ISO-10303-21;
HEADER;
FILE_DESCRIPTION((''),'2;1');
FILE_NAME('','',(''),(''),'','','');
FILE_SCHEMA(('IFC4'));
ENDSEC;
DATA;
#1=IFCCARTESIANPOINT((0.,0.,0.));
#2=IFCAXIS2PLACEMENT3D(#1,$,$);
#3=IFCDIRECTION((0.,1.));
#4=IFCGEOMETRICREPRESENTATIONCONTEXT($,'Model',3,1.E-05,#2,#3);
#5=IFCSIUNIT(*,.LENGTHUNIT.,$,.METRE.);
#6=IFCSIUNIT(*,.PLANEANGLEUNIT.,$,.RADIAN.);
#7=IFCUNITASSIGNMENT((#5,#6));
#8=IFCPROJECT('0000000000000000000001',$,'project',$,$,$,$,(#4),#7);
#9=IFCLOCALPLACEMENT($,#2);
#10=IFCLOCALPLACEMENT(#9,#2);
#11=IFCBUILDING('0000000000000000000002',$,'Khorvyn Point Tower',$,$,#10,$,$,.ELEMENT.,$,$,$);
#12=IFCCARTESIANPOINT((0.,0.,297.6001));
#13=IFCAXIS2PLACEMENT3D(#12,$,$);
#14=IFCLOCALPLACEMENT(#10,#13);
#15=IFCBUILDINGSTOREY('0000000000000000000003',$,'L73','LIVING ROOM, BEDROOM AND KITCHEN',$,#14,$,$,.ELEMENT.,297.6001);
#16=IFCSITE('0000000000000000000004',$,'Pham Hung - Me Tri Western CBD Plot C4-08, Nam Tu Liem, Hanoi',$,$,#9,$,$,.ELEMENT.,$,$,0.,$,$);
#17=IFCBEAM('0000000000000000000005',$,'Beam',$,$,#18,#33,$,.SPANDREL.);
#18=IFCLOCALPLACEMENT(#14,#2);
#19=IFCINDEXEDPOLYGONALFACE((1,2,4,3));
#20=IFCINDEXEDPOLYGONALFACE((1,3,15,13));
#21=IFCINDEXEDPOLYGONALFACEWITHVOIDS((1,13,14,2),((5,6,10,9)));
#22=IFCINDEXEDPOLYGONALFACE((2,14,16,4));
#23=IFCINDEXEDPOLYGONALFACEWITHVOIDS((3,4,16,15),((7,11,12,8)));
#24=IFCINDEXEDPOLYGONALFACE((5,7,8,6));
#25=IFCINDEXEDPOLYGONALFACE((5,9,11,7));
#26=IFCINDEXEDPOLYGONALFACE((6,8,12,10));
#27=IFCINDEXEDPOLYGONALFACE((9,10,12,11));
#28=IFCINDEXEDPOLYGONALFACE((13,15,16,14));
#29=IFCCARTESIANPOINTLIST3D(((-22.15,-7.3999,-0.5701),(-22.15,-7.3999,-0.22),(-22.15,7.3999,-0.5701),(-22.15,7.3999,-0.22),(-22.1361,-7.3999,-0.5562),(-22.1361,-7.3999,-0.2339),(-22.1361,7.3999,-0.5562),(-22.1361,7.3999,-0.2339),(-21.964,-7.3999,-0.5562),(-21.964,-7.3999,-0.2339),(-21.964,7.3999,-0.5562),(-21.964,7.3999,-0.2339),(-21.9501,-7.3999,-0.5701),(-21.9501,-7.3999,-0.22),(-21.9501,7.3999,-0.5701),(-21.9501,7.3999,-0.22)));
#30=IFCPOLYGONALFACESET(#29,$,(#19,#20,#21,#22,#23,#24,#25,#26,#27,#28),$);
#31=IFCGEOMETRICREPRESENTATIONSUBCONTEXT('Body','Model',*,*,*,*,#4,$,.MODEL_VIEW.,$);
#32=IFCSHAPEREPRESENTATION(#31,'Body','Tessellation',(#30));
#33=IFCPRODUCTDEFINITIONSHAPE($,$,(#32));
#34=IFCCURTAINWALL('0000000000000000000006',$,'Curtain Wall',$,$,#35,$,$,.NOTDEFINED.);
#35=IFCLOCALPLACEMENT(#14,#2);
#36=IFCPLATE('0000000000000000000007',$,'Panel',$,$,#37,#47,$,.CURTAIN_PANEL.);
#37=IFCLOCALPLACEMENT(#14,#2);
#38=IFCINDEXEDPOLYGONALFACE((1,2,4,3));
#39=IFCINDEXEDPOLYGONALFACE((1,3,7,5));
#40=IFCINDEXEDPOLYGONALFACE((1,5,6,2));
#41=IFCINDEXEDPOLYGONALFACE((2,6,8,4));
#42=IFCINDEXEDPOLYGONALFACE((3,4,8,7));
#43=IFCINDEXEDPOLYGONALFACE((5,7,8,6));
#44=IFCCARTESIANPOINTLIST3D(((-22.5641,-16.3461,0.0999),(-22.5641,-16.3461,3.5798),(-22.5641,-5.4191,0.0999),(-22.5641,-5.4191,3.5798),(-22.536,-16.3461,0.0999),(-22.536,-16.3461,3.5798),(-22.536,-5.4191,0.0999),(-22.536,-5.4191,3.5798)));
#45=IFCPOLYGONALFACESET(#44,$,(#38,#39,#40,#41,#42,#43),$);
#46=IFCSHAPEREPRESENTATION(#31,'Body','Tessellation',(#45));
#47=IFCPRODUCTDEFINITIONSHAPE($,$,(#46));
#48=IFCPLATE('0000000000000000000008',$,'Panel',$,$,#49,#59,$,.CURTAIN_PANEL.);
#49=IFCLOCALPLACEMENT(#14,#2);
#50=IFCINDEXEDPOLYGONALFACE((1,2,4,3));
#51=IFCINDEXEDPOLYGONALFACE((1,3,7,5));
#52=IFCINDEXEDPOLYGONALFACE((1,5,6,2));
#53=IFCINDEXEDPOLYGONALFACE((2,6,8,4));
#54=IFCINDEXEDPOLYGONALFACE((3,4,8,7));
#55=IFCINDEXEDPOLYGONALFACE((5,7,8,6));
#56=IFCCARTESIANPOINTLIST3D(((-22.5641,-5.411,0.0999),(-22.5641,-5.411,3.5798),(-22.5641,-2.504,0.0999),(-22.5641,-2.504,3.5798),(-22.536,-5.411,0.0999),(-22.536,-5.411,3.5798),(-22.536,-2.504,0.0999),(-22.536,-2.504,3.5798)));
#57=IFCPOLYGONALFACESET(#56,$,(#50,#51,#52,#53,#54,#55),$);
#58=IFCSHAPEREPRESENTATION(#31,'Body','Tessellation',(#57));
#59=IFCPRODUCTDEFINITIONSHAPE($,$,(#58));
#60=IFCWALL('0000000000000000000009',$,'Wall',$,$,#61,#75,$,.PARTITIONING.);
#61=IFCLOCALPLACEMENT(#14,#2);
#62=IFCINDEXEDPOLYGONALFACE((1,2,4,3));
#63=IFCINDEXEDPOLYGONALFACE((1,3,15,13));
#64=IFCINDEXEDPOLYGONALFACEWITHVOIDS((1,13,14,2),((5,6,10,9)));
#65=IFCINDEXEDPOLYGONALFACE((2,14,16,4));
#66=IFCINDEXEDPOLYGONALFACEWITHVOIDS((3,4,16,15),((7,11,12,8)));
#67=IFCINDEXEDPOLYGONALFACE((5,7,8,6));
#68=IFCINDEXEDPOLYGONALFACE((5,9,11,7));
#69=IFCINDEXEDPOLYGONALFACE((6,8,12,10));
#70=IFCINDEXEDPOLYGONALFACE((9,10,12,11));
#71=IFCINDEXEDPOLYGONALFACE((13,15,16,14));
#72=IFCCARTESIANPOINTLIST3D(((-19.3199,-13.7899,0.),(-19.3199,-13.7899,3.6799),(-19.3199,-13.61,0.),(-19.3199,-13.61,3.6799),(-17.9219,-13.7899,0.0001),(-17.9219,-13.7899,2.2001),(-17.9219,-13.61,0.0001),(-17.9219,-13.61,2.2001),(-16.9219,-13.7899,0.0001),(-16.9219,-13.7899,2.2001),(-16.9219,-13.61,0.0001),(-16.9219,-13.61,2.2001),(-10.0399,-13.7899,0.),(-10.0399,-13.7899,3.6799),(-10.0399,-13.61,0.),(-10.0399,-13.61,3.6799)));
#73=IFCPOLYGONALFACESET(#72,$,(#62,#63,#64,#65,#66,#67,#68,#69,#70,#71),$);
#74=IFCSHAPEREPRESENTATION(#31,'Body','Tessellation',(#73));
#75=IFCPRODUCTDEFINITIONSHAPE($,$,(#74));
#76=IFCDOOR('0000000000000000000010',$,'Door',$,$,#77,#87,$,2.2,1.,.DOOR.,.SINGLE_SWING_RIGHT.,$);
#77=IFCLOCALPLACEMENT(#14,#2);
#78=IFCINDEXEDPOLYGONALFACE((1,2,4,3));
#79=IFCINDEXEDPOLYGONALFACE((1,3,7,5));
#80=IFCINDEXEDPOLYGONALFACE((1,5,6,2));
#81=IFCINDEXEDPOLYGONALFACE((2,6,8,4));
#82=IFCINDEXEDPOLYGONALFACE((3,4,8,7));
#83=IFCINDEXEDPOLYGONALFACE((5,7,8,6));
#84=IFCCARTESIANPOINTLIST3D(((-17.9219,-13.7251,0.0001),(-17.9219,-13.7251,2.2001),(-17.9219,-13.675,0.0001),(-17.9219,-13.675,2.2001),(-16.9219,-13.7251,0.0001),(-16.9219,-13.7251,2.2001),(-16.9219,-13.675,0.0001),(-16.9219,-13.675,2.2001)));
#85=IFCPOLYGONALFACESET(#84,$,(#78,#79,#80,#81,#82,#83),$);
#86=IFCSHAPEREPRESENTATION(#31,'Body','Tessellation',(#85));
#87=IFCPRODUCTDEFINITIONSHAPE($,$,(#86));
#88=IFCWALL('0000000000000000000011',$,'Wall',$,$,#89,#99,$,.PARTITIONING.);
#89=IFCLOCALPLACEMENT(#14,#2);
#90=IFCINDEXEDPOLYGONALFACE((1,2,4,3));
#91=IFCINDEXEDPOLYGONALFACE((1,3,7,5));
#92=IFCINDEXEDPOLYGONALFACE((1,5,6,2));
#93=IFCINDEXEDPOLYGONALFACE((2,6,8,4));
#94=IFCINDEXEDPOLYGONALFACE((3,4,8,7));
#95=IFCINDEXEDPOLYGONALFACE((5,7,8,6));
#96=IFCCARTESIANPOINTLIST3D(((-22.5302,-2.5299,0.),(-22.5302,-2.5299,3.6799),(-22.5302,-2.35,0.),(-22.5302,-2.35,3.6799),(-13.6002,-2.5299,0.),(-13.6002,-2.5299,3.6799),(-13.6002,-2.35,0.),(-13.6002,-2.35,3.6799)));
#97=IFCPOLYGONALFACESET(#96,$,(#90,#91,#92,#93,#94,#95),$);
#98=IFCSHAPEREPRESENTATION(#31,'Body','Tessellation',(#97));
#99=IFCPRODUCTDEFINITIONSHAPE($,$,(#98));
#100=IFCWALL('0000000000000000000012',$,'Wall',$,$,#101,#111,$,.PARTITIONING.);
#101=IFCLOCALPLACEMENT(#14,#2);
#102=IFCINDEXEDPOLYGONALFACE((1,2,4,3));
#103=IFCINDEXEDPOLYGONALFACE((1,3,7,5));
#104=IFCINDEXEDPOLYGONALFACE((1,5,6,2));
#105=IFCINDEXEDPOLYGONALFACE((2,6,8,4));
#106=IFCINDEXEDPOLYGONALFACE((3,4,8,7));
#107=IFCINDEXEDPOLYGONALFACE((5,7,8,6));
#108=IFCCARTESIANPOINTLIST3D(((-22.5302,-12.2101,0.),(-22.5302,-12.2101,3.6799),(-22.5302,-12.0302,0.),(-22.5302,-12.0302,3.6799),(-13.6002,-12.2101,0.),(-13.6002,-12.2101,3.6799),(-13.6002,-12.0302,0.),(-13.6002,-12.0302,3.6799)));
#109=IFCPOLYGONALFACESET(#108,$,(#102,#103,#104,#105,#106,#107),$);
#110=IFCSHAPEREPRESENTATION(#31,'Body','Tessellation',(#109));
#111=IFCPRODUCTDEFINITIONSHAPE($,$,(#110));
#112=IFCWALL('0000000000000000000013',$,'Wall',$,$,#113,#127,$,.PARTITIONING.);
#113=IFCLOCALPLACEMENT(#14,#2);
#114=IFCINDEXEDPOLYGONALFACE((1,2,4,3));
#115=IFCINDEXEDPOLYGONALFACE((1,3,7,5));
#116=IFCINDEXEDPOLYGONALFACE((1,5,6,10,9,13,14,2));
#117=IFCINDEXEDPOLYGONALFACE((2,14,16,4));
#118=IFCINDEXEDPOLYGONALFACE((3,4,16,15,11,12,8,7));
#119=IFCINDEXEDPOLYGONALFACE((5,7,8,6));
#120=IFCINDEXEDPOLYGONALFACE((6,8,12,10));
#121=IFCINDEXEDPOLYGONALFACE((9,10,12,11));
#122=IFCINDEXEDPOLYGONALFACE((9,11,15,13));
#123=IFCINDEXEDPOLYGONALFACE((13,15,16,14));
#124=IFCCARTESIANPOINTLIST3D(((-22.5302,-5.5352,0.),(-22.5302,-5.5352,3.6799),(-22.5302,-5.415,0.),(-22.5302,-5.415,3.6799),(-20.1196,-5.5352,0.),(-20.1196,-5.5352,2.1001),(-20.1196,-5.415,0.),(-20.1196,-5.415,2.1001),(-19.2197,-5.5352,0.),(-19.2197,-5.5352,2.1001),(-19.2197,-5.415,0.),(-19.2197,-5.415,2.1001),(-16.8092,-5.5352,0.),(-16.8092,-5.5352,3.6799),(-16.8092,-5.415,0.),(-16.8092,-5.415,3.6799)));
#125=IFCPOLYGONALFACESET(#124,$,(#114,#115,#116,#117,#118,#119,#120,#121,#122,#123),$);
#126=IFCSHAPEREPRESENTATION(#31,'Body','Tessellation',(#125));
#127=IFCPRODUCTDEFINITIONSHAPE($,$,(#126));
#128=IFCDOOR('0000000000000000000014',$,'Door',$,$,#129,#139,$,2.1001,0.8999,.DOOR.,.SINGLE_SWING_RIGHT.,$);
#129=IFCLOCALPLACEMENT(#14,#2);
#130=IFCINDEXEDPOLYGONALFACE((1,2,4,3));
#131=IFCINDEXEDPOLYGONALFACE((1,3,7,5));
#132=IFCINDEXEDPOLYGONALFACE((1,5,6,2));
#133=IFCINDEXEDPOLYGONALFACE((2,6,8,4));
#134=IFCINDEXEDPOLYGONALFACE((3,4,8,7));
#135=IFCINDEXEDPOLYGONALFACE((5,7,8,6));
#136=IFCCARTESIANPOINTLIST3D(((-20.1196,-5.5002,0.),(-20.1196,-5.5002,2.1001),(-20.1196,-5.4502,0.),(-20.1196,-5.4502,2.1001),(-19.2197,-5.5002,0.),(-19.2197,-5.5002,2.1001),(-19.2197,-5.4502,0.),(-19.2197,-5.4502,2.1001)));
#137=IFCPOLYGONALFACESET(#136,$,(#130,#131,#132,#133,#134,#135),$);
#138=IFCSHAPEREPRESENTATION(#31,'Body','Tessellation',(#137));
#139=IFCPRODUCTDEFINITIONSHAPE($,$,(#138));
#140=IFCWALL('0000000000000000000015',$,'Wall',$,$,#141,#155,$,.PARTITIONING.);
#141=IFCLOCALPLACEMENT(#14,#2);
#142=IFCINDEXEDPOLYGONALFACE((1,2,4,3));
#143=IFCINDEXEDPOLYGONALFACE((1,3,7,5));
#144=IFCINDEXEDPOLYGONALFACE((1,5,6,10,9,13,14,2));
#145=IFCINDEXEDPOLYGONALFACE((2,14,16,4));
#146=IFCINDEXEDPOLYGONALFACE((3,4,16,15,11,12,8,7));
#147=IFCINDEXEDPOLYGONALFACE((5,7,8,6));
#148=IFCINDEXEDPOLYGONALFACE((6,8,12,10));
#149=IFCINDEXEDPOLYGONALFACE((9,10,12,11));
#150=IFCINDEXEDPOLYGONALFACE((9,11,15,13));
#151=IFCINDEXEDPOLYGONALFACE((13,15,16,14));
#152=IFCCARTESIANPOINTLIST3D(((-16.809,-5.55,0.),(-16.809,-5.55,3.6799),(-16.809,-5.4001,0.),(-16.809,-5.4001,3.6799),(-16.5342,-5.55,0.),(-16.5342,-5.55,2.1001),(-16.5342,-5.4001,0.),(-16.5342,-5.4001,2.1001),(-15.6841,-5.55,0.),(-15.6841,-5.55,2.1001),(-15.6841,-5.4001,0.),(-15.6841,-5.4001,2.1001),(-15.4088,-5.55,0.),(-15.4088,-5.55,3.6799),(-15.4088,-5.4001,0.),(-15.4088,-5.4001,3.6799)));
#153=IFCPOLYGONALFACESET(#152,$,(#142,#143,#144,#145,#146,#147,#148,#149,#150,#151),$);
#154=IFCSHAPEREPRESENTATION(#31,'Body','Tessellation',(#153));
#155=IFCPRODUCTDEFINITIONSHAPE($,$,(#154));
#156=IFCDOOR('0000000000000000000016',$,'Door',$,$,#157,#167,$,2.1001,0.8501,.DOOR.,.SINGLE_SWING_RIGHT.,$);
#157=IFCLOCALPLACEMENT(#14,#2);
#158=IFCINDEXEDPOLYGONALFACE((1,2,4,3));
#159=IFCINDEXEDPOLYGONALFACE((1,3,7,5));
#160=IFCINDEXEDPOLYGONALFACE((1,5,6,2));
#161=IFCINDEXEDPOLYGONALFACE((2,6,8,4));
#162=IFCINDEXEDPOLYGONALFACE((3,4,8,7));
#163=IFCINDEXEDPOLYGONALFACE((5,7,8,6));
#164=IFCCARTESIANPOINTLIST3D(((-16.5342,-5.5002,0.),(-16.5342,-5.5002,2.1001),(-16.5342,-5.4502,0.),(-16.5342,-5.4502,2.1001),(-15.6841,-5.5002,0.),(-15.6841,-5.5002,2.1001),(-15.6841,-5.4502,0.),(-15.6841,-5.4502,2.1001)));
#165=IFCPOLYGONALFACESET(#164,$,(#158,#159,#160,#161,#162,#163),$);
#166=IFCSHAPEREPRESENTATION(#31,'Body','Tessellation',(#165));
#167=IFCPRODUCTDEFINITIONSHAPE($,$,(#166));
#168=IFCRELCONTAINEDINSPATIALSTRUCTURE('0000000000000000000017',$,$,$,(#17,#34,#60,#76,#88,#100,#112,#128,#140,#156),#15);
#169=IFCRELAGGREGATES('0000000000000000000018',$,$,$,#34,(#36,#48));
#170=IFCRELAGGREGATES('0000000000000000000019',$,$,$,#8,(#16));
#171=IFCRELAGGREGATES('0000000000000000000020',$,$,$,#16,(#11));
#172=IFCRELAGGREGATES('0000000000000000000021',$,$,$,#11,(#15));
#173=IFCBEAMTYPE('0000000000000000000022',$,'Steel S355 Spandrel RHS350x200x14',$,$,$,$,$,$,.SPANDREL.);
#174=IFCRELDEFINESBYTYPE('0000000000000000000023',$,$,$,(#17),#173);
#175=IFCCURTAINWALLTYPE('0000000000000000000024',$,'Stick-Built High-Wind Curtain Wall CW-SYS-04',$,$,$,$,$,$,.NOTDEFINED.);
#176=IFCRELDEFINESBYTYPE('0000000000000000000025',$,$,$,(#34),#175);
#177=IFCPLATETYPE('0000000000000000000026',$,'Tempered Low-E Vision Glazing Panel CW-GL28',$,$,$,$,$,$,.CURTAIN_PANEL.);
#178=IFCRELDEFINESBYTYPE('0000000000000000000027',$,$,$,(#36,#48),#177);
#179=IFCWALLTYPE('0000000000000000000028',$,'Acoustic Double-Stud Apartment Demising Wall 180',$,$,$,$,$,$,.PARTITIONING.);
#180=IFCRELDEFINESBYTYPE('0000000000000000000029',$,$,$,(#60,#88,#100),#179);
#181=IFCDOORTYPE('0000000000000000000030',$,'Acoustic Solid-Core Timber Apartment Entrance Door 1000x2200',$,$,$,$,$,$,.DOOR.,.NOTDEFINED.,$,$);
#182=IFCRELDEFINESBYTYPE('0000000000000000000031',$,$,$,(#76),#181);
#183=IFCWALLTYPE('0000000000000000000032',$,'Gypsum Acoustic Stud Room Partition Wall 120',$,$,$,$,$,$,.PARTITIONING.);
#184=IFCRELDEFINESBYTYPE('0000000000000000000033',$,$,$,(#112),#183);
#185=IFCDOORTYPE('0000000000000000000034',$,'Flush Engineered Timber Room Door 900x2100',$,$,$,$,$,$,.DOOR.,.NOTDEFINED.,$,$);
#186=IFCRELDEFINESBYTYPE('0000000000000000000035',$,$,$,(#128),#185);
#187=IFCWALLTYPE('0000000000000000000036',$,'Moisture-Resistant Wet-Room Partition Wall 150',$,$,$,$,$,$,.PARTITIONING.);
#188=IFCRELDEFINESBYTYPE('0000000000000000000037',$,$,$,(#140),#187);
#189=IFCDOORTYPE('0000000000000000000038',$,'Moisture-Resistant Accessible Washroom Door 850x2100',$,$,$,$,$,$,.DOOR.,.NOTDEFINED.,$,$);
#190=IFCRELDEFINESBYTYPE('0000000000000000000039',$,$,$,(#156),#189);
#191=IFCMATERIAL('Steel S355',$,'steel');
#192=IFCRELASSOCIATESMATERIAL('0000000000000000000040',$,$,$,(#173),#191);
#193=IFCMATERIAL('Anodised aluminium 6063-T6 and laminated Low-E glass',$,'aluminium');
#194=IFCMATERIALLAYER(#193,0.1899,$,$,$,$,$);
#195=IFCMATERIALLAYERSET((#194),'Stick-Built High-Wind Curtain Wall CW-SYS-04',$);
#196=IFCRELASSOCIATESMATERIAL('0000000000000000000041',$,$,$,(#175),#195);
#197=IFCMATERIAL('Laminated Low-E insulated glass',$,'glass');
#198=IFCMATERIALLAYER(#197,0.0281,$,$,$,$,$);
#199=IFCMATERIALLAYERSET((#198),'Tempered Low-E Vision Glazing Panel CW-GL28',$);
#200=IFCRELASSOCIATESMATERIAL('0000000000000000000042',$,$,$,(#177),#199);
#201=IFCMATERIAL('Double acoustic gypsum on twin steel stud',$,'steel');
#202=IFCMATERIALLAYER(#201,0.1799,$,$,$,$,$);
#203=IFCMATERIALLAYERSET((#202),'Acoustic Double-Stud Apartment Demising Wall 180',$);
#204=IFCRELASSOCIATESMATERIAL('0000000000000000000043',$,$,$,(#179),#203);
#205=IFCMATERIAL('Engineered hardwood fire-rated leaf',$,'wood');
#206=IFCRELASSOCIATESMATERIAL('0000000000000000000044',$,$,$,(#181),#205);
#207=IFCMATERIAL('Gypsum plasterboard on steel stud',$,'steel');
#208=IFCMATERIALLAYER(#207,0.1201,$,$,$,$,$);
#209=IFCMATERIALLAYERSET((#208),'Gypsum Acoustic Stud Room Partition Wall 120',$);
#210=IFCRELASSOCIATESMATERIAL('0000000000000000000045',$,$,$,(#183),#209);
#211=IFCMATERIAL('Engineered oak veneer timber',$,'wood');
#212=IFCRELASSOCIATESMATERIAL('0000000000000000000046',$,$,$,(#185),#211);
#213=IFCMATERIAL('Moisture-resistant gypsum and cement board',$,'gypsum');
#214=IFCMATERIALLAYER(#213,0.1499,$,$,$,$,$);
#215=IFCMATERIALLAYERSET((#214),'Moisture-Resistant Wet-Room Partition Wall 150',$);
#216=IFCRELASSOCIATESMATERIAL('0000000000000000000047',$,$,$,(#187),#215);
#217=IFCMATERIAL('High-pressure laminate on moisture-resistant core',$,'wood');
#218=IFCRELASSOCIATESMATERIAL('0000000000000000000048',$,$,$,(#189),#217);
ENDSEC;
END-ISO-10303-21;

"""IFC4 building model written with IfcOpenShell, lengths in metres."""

from ifc_helpers import new_model, si_unit, direction, frame, frame_2d, origin, origin_2d, place, context, subcontext, project, spatial, rectangle, hollow_rectangle, extrude, material, layer, layer_set, material_profile, profile_set, type_object, element, fill, aggregate, save


model = new_model("IFC4")

# Units and contexts
model_context = context("Model", 3, precision=1e-05, world=origin(), true_north=direction((0.0, 1.0)))
body_context = subcontext(model_context, "Body", "Model", "MODEL_VIEW")
ifc_project = project(units=[si_unit("LENGTHUNIT", "METRE"), si_unit("PLANEANGLEUNIT", "RADIAN")], contexts=[model_context])

# Site, building, storey
site_placement = place(None, origin())
site = spatial("IfcSite", under=ifc_project, at=site_placement, Name="Pham Hung - Me Tri Western CBD Plot C4-08, Nam Tu Liem, Hanoi", CompositionType="ELEMENT", RefElevation=0.0)
building_placement = place(site_placement, origin())
building = spatial("IfcBuilding", under=site, at=building_placement, Name="Khorvyn Point Tower", CompositionType="ELEMENT")
storey_placement = place(building_placement, frame((0.0, 0.0, 297.6001)))
storey = spatial("IfcBuildingStorey", under=building, at=storey_placement, Name="L73", Description="LIVING ROOM, BEDROOM AND KITCHEN", CompositionType="ELEMENT", Elevation=297.6001)

# Shared definitions
ifc_material_1 = material(Name="Steel S355", Category="steel")

# Beam
ifc_material_profile_1 = material_profile(ifc_material_1, hollow_rectangle(XDim=0.2, YDim=0.3501, WallThickness=0.0139, at=origin_2d()))
ifc_profile_set_1 = profile_set([ifc_material_profile_1], Name="Steel S355 RHS350x200x14")
beam_type_1 = type_object("IfcBeamType", Name="Steel S355 Spandrel RHS350x200x14", PredefinedType="SPANDREL", material=ifc_profile_set_1)
beam_1_placement = place(storey_placement, frame((-22.05, -7.3999, -0.395), z_axis=(0.0, 1.0, 0.0), x_axis=(-1.0, 0.0, 0.0)))
element("IfcBeam", 1, at=beam_1_placement, inside=storey, type_object=beam_type_1, Name="Beam", PredefinedType="SPANDREL", context=body_context, shape_type="SweptSolid", body=[
    extrude(hollow_rectangle(XDim=0.2, YDim=0.3501, WallThickness=0.0139, at=origin_2d()), origin(), (0.0, 0.0, 1.0), 14.7998),
])

# Curtain wall, plates
ifc_material_2 = material(Name="Anodised aluminium 6063-T6 and laminated Low-E glass", Category="aluminium")
ifc_layer_1 = layer(ifc_material_2, 0.1899)
ifc_layer_set_1 = layer_set([ifc_layer_1], Name="Stick-Built High-Wind Curtain Wall CW-SYS-04")
curtain_wall_type = type_object("IfcCurtainWallType", Name="Stick-Built High-Wind Curtain Wall CW-SYS-04", PredefinedType="NOTDEFINED", material=ifc_layer_set_1)
curtain_wall_placement = place(storey_placement, origin())
curtain_wall = element("IfcCurtainWall", 2, at=curtain_wall_placement, inside=storey, type_object=curtain_wall_type, Name="Curtain Wall", PredefinedType="NOTDEFINED")
ifc_material_3 = material(Name="Laminated Low-E insulated glass", Category="glass")
ifc_layer_2 = layer(ifc_material_3, 0.0281)
ifc_layer_set_2 = layer_set([ifc_layer_2], Name="Tempered Low-E Vision Glazing Panel CW-GL28")
plate_type = type_object("IfcPlateType", Name="Tempered Low-E Vision Glazing Panel CW-GL28", PredefinedType="CURTAIN_PANEL", material=ifc_layer_set_2)
plate_1_placement = place(storey_placement, frame((-22.55, -10.8826, 0.0999), z_axis=(0.0, 0.0, 1.0), x_axis=(0.0, 1.0, 0.0)))
plate_1 = element("IfcPlate", 3, at=plate_1_placement, type_object=plate_type, Name="Panel", PredefinedType="CURTAIN_PANEL", context=body_context, shape_type="SweptSolid", body=[
    extrude(rectangle(XDim=10.927, YDim=0.0281, at=origin_2d()), origin(), (0.0, 0.0, 1.0), 3.48),
])
plate_2_placement = place(storey_placement, frame((-22.55, -3.9575, 0.0999), z_axis=(0.0, 0.0, 1.0), x_axis=(0.0, 1.0, 0.0)))
plate_2 = element("IfcPlate", 4, at=plate_2_placement, type_object=plate_type, Name="Panel", PredefinedType="CURTAIN_PANEL", context=body_context, shape_type="SweptSolid", body=[
    extrude(rectangle(XDim=2.907, YDim=0.0281, at=origin_2d()), origin(), (0.0, 0.0, 1.0), 3.48),
])
aggregate(curtain_wall, [plate_1, plate_2])

# Wall, opening, door
ifc_material_4 = material(Name="Double acoustic gypsum on twin steel stud", Category="steel")
ifc_layer_3 = layer(ifc_material_4, 0.1799)
ifc_layer_set_3 = layer_set([ifc_layer_3], Name="Acoustic Double-Stud Apartment Demising Wall 180")
wall_type_1 = type_object("IfcWallType", Name="Acoustic Double-Stud Apartment Demising Wall 180", PredefinedType="PARTITIONING", material=ifc_layer_set_3)
wall_1_placement = place(storey_placement, frame((-19.3201, -13.7, 0.0), z_axis=(0.0, 0.0, 1.0), x_axis=(1.0, 0.0, 0.0)))
wall_1 = element("IfcWall", 5, at=wall_1_placement, inside=storey, type_object=wall_type_1, Name="Wall", PredefinedType="PARTITIONING", context=body_context, shape_type="SweptSolid", body=[
    extrude(rectangle(XDim=9.28, YDim=0.1799, at=frame_2d((4.6401, 0.0))), origin(), (0.0, 0.0, 1.0), 3.6799),
])
opening_1_placement = place(wall_1_placement, frame((1.3982, 0.0, 0.0)))
opening_1 = element("IfcOpeningElement", 6, at=opening_1_placement, cuts=wall_1, PredefinedType="OPENING", context=body_context, shape_type="SweptSolid", body=[
    extrude(rectangle(XDim=1.0, YDim=2.2, at=frame_2d((0.5, 1.1001))), frame((0.0, 0.0999, 0.0), z_axis=(0.0, -1.0, 0.0), x_axis=(1.0, 0.0, 0.0)), (0.0, 0.0, 1.0), 0.2),
])
ifc_material_5 = material(Name="Engineered hardwood fire-rated leaf", Category="wood")
door_type_1 = type_object("IfcDoorType", Name="Acoustic Solid-Core Timber Apartment Entrance Door 1000x2200", OperationType="NOTDEFINED", PredefinedType="DOOR", material=ifc_material_5)
door_1_placement = place(opening_1_placement, origin())
door_1 = element("IfcDoor", 7, at=door_1_placement, inside=storey, type_object=door_type_1, Name="Door", OperationType="SINGLE_SWING_RIGHT", OverallHeight=2.2, OverallWidth=1.0, PredefinedType="DOOR", context=body_context, shape_type="SweptSolid", body=[
    extrude(rectangle(XDim=1.0, YDim=2.2, at=frame_2d((0.5, 1.1001))), frame((0.0, 0.0249, 0.0), z_axis=(0.0, -1.0, 0.0), x_axis=(1.0, 0.0, 0.0)), (0.0, 0.0, 1.0), 0.05),
])
fill(opening_1, door_1)

# Walls
for number, where, z_axis, x_axis, name in (
    (8, (-22.53, -2.4399, 0.0), (0.0, 0.0, 1.0), (1.0, 0.0, 0.0), "Wall"),
    (9, (-22.53, -12.1201, 0.0), (0.0, 0.0, 1.0), (1.0, 0.0, 0.0), "Wall"),
):
    element("IfcWall", number, at=place(storey_placement, frame(where, z_axis=z_axis, x_axis=x_axis)), inside=storey, type_object=wall_type_1, Name=name, PredefinedType="PARTITIONING", context=body_context, shape_type="SweptSolid", body=[
        extrude(rectangle(XDim=8.9299, YDim=0.1799, at=frame_2d((4.4648, 0.0))), origin(), (0.0, 0.0, 1.0), 3.6799),
    ])

# Walls, openings, doors
ifc_material_6 = material(Name="Gypsum plasterboard on steel stud", Category="steel")
ifc_layer_4 = layer(ifc_material_6, 0.1201)
ifc_layer_set_4 = layer_set([ifc_layer_4], Name="Gypsum Acoustic Stud Room Partition Wall 120")
wall_type_2 = type_object("IfcWallType", Name="Gypsum Acoustic Stud Room Partition Wall 120", PredefinedType="PARTITIONING", material=ifc_layer_set_4)
wall_2_placement = place(storey_placement, frame((-22.53, -5.4751, 0.0), z_axis=(0.0, 0.0, 1.0), x_axis=(1.0, 0.0, 0.0)))
wall_2 = element("IfcWall", 10, at=wall_2_placement, inside=storey, type_object=wall_type_2, Name="Wall", PredefinedType="PARTITIONING", context=body_context, shape_type="SweptSolid", body=[
    extrude(rectangle(XDim=5.7209, YDim=0.1201, at=frame_2d((2.8604, 0.0))), origin(), (0.0, 0.0, 1.0), 3.6799),
])
opening_2_placement = place(wall_2_placement, frame((2.4104, 0.0, 0.0)))
opening_2 = element("IfcOpeningElement", 11, at=opening_2_placement, cuts=wall_2, PredefinedType="OPENING", context=body_context, shape_type="SweptSolid", body=[
    extrude(rectangle(XDim=0.8999, YDim=2.1001, at=frame_2d((0.45, 1.05))), frame((0.0, 0.0701, 0.0), z_axis=(0.0, -1.0, 0.0), x_axis=(1.0, 0.0, 0.0)), (0.0, 0.0, 1.0), 0.1401),
])
ifc_material_7 = material(Name="Engineered oak veneer timber", Category="wood")
door_type_2 = type_object("IfcDoorType", Name="Flush Engineered Timber Room Door 900x2100", OperationType="NOTDEFINED", PredefinedType="DOOR", material=ifc_material_7)
door_2_placement = place(opening_2_placement, origin())
door_2 = element("IfcDoor", 12, at=door_2_placement, inside=storey, type_object=door_type_2, Name="Door", OperationType="SINGLE_SWING_RIGHT", OverallHeight=2.1001, OverallWidth=0.8999, PredefinedType="DOOR", context=body_context, shape_type="SweptSolid", body=[
    extrude(rectangle(XDim=0.8999, YDim=2.1001, at=frame_2d((0.45, 1.05))), frame((0.0, 0.0249, 0.0), z_axis=(0.0, -1.0, 0.0), x_axis=(1.0, 0.0, 0.0)), (0.0, 0.0, 1.0), 0.05),
])
fill(opening_2, door_2)
ifc_material_8 = material(Name="Moisture-resistant gypsum and cement board", Category="gypsum")
ifc_layer_5 = layer(ifc_material_8, 0.1499)
ifc_layer_set_5 = layer_set([ifc_layer_5], Name="Moisture-Resistant Wet-Room Partition Wall 150")
wall_type_3 = type_object("IfcWallType", Name="Moisture-Resistant Wet-Room Partition Wall 150", PredefinedType="PARTITIONING", material=ifc_layer_set_5)
wall_3_placement = place(storey_placement, frame((-16.8091, -5.4751, 0.0), z_axis=(0.0, 0.0, 1.0), x_axis=(1.0, 0.0, 0.0)))
wall_3 = element("IfcWall", 13, at=wall_3_placement, inside=storey, type_object=wall_type_3, Name="Wall", PredefinedType="PARTITIONING", context=body_context, shape_type="SweptSolid", body=[
    extrude(rectangle(XDim=1.4001, YDim=0.1499, at=frame_2d((0.7002, 0.0))), origin(), (0.0, 0.0, 1.0), 3.6799),
])
opening_3_placement = place(wall_3_placement, frame((0.2749, 0.0, 0.0)))
opening_3 = element("IfcOpeningElement", 14, at=opening_3_placement, cuts=wall_3, PredefinedType="OPENING", context=body_context, shape_type="SweptSolid", body=[
    extrude(rectangle(XDim=0.8501, YDim=2.1001, at=frame_2d((0.425, 1.05))), frame((0.0, 0.085, 0.0), z_axis=(0.0, -1.0, 0.0), x_axis=(1.0, 0.0, 0.0)), (0.0, 0.0, 1.0), 0.1699),
])
ifc_material_9 = material(Name="High-pressure laminate on moisture-resistant core", Category="wood")
door_type_3 = type_object("IfcDoorType", Name="Moisture-Resistant Accessible Washroom Door 850x2100", OperationType="NOTDEFINED", PredefinedType="DOOR", material=ifc_material_9)
door_3_placement = place(opening_3_placement, origin())
door_3 = element("IfcDoor", 15, at=door_3_placement, inside=storey, type_object=door_type_3, Name="Door", OperationType="SINGLE_SWING_RIGHT", OverallHeight=2.1001, OverallWidth=0.8501, PredefinedType="DOOR", context=body_context, shape_type="SweptSolid", body=[
    extrude(rectangle(XDim=0.8501, YDim=2.1001, at=frame_2d((0.425, 1.05))), frame((0.0, 0.0249, 0.0), z_axis=(0.0, -1.0, 0.0), x_axis=(1.0, 0.0, 0.0)), (0.0, 0.0, 1.0), 0.05),
])
fill(opening_3, door_3)

save(model, "model.ifc")
